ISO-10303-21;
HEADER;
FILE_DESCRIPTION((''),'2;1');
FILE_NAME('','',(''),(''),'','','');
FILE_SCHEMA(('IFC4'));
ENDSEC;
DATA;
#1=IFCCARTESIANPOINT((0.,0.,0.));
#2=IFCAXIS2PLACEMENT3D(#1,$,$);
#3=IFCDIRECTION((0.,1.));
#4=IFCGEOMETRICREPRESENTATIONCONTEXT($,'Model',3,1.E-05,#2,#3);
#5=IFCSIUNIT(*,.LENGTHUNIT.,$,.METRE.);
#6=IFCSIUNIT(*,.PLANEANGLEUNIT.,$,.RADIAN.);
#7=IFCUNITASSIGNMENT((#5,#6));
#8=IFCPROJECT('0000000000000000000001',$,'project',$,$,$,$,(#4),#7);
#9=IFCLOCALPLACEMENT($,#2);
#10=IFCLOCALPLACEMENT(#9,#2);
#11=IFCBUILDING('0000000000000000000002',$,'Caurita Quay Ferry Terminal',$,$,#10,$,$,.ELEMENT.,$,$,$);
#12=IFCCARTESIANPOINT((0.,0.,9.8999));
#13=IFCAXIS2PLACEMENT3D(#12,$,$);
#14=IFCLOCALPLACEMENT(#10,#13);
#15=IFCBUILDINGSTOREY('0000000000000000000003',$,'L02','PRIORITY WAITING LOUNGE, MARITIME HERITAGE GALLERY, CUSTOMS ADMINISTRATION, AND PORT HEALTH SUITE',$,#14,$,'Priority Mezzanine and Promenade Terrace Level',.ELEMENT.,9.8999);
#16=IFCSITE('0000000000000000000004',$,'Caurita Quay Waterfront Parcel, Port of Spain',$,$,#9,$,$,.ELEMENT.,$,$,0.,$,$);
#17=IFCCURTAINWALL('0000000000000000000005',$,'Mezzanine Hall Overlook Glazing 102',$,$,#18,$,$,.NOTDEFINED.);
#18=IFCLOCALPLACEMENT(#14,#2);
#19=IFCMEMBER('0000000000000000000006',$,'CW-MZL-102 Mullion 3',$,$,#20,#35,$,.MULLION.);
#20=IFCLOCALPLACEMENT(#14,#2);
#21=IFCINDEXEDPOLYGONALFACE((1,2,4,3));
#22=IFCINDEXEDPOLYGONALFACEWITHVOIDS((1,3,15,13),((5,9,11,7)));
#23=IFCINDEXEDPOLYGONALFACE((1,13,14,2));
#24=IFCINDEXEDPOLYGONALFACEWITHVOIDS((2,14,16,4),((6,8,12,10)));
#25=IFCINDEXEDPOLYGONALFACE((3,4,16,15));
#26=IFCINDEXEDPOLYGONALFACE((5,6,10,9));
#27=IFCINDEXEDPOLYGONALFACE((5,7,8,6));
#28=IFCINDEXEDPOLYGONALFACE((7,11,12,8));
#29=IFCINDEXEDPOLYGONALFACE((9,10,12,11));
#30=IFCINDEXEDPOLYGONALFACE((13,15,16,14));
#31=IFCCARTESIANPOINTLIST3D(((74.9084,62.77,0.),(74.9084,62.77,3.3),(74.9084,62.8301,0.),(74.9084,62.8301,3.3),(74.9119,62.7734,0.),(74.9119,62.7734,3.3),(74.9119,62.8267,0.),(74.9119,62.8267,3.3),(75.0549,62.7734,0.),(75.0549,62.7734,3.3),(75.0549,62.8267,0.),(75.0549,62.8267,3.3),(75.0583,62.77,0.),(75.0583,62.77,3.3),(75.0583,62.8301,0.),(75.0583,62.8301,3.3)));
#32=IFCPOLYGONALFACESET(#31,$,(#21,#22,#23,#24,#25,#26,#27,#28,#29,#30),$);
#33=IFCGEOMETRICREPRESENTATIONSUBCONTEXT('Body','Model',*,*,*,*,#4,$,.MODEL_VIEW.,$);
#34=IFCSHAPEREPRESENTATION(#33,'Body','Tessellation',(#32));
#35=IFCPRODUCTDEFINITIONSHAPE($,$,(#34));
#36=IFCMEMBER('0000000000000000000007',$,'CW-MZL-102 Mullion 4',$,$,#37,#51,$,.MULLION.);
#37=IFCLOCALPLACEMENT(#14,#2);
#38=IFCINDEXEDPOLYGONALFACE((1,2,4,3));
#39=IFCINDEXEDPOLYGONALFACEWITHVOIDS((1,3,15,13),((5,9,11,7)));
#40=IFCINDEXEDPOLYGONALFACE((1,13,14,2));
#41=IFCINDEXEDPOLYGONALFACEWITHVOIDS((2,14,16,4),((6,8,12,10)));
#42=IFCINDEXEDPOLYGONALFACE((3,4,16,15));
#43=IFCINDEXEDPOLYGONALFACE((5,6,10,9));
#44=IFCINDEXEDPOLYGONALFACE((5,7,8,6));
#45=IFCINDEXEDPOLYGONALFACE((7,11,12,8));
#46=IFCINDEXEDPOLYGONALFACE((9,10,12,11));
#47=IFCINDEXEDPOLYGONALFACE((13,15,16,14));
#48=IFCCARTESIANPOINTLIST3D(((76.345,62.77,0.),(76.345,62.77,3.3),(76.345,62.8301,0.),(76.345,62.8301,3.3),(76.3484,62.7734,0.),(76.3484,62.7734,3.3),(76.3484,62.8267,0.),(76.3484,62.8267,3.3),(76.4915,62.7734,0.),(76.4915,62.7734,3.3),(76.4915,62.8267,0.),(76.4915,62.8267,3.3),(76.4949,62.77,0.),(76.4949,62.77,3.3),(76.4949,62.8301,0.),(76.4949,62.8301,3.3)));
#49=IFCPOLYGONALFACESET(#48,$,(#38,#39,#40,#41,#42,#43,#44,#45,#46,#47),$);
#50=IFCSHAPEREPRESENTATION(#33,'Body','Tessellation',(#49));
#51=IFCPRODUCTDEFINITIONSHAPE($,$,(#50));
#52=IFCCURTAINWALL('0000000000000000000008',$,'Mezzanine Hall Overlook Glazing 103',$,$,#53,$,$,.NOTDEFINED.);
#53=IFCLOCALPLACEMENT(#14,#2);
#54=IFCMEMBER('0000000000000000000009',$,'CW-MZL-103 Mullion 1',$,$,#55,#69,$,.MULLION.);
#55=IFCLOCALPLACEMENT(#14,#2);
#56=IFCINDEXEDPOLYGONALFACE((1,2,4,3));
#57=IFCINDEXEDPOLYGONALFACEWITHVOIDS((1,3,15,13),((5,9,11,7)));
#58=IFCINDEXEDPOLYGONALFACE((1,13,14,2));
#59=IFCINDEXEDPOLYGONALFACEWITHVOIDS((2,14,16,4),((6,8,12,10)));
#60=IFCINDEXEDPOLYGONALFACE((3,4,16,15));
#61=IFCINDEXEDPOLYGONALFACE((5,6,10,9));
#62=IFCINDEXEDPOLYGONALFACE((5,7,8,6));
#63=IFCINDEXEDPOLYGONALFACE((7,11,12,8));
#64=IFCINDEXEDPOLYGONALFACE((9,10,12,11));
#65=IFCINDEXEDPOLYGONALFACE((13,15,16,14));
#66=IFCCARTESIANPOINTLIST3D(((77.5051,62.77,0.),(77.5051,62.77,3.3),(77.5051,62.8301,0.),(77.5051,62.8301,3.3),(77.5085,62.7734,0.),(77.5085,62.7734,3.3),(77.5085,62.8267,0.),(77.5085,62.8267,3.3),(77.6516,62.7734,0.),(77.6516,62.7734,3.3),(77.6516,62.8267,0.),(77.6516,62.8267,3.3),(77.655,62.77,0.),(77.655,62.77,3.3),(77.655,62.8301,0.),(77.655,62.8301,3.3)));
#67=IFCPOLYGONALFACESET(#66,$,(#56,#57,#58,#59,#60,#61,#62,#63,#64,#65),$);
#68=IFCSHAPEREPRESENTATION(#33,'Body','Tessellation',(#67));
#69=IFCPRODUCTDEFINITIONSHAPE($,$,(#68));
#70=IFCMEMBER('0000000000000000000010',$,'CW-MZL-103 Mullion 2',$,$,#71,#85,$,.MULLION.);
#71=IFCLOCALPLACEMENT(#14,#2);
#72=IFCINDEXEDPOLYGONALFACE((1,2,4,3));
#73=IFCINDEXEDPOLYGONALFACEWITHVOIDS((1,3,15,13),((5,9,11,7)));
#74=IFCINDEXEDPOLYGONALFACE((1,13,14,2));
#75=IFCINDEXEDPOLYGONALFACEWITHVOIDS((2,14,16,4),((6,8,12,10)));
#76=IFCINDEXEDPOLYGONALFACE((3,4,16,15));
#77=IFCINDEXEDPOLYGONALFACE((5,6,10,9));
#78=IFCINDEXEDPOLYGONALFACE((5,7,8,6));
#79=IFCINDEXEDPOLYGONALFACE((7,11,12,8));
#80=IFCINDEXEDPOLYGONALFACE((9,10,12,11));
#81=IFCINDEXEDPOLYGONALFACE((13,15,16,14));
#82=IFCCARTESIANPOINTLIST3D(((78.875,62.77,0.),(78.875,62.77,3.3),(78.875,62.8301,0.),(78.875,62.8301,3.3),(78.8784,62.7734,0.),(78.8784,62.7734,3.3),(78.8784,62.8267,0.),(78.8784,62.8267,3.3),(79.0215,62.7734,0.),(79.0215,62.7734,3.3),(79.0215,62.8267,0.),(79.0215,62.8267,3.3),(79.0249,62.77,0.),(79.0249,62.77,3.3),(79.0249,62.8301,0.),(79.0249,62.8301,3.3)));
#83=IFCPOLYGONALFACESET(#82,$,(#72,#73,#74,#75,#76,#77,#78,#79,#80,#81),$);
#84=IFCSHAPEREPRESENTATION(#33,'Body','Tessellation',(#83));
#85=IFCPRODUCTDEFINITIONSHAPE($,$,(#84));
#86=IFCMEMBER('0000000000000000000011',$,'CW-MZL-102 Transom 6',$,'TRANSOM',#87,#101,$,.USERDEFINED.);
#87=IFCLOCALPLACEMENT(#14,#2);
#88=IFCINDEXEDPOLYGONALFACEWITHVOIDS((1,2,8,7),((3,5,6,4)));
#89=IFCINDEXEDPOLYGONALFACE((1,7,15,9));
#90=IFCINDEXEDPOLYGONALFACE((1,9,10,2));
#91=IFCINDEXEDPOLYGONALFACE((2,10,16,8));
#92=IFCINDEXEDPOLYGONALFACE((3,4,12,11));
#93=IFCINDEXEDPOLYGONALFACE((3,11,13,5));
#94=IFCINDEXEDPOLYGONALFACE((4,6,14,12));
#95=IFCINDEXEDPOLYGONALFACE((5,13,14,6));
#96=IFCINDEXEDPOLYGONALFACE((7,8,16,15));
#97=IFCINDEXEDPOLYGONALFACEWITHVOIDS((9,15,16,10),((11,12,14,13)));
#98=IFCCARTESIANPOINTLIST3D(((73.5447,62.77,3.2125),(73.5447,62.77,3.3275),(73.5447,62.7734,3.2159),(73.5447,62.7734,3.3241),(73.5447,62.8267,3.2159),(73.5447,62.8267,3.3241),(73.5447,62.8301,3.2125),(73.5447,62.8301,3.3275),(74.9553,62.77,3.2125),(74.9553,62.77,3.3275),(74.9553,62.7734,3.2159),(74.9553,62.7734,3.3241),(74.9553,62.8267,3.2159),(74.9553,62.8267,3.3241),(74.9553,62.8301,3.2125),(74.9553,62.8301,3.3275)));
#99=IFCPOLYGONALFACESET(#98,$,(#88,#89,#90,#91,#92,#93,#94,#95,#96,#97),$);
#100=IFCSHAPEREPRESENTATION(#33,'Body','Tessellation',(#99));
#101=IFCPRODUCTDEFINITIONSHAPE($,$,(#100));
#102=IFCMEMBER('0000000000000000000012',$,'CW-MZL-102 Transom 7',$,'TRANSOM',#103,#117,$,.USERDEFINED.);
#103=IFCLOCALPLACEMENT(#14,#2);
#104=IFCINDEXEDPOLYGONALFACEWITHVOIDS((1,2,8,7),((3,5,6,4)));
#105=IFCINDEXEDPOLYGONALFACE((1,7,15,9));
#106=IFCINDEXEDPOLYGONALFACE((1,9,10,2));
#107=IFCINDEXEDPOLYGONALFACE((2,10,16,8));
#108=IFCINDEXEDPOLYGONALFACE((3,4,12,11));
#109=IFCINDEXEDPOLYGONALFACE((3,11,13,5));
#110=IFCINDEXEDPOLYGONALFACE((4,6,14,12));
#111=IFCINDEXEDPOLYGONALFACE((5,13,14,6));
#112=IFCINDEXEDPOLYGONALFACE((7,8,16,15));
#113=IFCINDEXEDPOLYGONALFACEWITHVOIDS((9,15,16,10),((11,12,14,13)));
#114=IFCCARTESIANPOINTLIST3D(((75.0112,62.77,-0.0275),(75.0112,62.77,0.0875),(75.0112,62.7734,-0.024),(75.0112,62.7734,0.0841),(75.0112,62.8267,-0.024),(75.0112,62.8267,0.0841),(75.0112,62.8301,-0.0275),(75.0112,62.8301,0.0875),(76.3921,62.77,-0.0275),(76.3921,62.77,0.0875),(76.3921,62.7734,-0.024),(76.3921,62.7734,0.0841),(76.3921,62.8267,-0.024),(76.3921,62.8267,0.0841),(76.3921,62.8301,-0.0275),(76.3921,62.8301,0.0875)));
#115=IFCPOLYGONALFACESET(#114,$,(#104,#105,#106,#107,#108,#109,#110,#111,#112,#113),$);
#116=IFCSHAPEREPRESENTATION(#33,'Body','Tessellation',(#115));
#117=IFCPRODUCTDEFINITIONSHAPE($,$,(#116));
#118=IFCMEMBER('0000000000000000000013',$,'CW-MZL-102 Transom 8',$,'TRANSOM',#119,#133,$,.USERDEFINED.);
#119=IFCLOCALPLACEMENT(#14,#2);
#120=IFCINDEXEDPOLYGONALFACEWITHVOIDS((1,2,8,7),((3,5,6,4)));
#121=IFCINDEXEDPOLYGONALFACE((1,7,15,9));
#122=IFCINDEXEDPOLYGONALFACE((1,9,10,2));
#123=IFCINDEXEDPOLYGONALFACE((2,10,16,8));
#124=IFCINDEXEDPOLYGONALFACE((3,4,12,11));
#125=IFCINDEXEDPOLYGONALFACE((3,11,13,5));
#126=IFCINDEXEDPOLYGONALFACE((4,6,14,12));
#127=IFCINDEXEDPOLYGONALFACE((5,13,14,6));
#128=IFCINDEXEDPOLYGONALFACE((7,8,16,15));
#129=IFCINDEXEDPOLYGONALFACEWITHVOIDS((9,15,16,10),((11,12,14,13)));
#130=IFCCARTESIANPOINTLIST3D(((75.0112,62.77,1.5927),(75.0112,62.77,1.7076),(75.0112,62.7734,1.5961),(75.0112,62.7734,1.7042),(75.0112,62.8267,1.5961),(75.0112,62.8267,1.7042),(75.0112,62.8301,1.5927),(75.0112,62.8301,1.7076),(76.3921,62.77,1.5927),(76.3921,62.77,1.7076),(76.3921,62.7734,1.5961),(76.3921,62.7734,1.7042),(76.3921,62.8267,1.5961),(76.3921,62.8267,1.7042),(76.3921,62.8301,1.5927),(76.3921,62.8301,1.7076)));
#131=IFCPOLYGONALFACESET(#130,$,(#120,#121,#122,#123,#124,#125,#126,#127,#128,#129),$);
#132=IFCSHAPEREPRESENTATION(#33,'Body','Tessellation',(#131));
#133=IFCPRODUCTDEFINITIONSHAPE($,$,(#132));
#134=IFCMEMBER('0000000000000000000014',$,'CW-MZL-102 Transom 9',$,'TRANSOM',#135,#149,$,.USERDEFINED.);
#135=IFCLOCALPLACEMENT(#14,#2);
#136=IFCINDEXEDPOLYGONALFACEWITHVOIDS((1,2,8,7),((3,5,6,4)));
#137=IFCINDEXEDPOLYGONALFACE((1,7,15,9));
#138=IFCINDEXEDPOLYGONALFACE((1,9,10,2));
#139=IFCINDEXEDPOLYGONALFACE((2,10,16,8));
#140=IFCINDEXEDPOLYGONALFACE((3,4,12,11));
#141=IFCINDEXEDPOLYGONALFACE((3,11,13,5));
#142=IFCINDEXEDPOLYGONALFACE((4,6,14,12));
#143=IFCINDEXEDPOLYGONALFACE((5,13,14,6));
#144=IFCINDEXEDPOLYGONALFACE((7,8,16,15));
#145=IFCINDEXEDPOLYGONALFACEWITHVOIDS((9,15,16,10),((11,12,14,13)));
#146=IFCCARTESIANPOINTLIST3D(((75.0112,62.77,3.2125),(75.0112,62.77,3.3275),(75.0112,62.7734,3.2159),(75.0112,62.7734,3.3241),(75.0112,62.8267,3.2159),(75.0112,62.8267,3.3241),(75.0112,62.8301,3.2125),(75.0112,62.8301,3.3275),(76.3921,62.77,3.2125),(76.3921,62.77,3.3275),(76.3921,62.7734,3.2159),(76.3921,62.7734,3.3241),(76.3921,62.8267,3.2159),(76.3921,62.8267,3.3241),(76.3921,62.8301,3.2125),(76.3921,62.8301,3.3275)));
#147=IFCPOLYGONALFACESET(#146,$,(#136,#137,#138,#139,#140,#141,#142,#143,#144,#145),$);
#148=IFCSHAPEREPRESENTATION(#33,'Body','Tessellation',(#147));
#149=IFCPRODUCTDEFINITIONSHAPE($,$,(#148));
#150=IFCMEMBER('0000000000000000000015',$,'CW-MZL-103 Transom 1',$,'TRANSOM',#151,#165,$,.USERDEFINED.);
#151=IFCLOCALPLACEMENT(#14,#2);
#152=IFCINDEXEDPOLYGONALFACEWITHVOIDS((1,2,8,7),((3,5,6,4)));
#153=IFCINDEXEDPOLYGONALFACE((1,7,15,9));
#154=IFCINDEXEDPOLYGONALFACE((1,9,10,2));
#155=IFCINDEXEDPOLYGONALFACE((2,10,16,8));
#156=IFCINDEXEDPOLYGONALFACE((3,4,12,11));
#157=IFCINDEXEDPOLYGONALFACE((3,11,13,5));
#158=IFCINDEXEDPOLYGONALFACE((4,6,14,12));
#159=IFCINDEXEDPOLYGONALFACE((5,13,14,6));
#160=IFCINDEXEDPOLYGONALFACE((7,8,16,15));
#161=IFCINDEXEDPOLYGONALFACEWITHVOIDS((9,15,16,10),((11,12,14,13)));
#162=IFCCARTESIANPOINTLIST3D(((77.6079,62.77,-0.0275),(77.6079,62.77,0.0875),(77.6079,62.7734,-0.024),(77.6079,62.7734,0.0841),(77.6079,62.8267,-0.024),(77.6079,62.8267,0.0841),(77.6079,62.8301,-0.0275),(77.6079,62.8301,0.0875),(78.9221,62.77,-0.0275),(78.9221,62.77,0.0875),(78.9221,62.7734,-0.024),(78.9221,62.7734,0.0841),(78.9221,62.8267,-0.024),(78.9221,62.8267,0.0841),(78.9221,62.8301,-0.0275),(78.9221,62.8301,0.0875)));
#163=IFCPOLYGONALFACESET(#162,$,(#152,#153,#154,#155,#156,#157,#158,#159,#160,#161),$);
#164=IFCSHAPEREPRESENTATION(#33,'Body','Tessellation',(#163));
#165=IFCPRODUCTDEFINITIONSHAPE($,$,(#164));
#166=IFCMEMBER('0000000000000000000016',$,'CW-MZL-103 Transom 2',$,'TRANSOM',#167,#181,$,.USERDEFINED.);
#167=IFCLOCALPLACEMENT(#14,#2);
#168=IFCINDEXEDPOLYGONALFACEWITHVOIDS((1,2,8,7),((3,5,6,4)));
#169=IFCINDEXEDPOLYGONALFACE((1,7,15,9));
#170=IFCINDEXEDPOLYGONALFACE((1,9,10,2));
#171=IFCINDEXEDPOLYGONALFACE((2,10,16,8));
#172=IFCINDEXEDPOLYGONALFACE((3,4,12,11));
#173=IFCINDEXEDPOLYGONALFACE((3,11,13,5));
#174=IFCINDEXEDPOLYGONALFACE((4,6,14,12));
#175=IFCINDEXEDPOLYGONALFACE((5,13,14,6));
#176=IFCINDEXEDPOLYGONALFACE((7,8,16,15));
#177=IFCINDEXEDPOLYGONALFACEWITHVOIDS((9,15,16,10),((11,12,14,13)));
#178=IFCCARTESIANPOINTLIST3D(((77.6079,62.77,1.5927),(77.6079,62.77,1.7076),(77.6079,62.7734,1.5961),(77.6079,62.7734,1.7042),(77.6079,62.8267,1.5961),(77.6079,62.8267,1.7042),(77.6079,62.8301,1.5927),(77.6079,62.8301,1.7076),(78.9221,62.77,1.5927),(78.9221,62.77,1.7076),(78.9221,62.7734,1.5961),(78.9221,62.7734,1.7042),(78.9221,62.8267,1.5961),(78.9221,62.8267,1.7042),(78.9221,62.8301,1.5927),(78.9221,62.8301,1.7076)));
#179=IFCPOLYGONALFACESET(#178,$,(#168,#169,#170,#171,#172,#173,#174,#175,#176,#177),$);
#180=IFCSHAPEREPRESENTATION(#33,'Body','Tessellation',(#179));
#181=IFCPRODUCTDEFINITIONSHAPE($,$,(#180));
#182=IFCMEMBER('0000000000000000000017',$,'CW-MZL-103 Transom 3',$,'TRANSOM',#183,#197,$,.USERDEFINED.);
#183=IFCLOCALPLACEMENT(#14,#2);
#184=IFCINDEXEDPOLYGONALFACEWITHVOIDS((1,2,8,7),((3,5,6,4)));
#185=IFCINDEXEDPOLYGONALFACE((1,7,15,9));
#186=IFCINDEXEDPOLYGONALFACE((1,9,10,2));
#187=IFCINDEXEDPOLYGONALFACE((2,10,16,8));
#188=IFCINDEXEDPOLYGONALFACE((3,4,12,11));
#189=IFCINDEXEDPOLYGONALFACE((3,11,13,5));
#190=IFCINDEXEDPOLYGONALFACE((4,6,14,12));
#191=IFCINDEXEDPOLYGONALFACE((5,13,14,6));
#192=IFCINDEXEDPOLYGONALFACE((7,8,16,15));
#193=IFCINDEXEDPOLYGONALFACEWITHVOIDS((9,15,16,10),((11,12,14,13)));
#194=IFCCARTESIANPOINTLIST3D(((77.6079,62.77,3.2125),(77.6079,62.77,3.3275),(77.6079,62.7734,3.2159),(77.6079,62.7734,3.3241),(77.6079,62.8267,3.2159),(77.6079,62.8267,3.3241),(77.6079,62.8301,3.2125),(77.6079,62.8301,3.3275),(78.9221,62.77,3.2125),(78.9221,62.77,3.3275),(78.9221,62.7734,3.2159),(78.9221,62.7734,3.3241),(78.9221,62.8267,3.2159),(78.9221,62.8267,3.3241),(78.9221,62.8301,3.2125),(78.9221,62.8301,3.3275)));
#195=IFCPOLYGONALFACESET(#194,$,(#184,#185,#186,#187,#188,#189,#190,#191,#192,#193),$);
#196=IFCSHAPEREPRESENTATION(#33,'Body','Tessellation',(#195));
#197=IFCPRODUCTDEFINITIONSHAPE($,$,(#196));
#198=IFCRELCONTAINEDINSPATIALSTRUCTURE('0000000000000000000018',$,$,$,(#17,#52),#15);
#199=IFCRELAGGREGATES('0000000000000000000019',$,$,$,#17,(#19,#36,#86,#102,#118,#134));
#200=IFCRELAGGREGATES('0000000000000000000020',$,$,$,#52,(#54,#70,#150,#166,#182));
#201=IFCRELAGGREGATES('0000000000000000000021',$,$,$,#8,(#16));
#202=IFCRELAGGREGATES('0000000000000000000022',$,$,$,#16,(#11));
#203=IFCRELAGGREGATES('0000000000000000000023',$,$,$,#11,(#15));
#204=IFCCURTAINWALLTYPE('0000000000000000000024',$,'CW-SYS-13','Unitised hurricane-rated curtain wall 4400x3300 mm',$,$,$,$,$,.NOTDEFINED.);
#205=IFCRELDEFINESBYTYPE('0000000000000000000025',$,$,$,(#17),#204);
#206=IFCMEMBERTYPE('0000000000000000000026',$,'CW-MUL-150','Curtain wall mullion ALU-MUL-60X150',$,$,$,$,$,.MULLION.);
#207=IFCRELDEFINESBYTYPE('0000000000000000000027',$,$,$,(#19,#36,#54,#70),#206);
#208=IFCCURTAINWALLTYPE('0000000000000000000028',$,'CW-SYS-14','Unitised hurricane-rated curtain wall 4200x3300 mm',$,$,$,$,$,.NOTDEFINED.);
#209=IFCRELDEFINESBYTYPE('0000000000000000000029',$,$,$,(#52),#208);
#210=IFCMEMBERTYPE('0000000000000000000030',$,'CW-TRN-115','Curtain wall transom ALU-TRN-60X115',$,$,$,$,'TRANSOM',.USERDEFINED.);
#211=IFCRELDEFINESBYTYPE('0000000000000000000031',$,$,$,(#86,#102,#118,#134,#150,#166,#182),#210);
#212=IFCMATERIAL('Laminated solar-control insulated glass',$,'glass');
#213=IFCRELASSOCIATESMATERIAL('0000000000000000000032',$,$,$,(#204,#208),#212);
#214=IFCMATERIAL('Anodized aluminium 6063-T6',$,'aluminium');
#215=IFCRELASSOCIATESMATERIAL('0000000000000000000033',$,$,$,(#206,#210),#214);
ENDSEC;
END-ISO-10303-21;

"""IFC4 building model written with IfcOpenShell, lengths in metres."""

from ifc_helpers import new_model, si_unit, direction, frame, origin, origin_2d, place, context, subcontext, project, spatial, hollow_rectangle, extrude, material, material_profile, profile_set, type_object, element, aggregate, save


model = new_model("IFC4")

# Units and contexts
model_context = context("Model", 3, precision=1e-05, world=origin(), true_north=direction((0.0, 1.0)))
body_context = subcontext(model_context, "Body", "Model", "MODEL_VIEW")
ifc_project = project(units=[si_unit("LENGTHUNIT", "METRE"), si_unit("PLANEANGLEUNIT", "RADIAN")], contexts=[model_context])

# Site, building, storey
site_placement = place(None, origin())
site = spatial("IfcSite", under=ifc_project, at=site_placement, Name="Caurita Quay Waterfront Parcel, Port of Spain", CompositionType="ELEMENT", RefElevation=0.0)
building_placement = place(site_placement, origin())
building = spatial("IfcBuilding", under=site, at=building_placement, Name="Caurita Quay Ferry Terminal", CompositionType="ELEMENT")
storey_placement = place(building_placement, frame((0.0, 0.0, 9.8999)))
storey = spatial("IfcBuildingStorey", under=building, at=storey_placement, Name="L02", Description="PRIORITY WAITING LOUNGE, MARITIME HERITAGE GALLERY, CUSTOMS ADMINISTRATION, AND PORT HEALTH SUITE", LongName="Priority Mezzanine and Promenade Terrace Level", CompositionType="ELEMENT", Elevation=9.8999)

# Curtain walls, members
ifc_material_1 = material(Name="Laminated solar-control insulated glass", Category="glass")
curtain_wall_type_1 = type_object("IfcCurtainWallType", Name="CW-SYS-13", Description="Unitised hurricane-rated curtain wall 4400x3300 mm", PredefinedType="NOTDEFINED", material=ifc_material_1)
curtain_wall_1_placement = place(storey_placement, origin())
curtain_wall_1 = element("IfcCurtainWall", 1, at=curtain_wall_1_placement, inside=storey, type_object=curtain_wall_type_1, Name="Mezzanine Hall Overlook Glazing 102", PredefinedType="NOTDEFINED")
ifc_material_2 = material(Name="Anodized aluminium 6063-T6", Category="aluminium")
ifc_material_profile_1 = material_profile(ifc_material_2, hollow_rectangle(XDim=0.0601, YDim=0.1499, WallThickness=0.0034, at=origin_2d()), Name="ALU-MUL-60X150")
ifc_profile_set_1 = profile_set([ifc_material_profile_1], Name="Anodized aluminium 6063-T6")
member_type_1 = type_object("IfcMemberType", Name="CW-MUL-150", Description="Curtain wall mullion ALU-MUL-60X150", PredefinedType="MULLION", material=ifc_profile_set_1)
member_1_placement = place(storey_placement, frame((74.9834, 62.8, 0.0), z_axis=(0.0, 0.0, 1.0), x_axis=(0.0, 1.0, 0.0)))
member_1 = element("IfcMember", 2, at=member_1_placement, type_object=member_type_1, Name="CW-MZL-102 Mullion 3", PredefinedType="MULLION", context=body_context, shape_type="SweptSolid", body=[
    extrude(hollow_rectangle(XDim=0.0601, YDim=0.1499, WallThickness=0.0034, at=origin_2d()), origin(), (0.0, 0.0, 1.0), 3.3),
])
member_2_placement = place(storey_placement, frame((76.4199, 62.8, 0.0), z_axis=(0.0, 0.0, 1.0), x_axis=(0.0, 1.0, 0.0)))
member_2 = element("IfcMember", 3, at=member_2_placement, type_object=member_type_1, Name="CW-MZL-102 Mullion 4", PredefinedType="MULLION", context=body_context, shape_type="SweptSolid", body=[
    extrude(hollow_rectangle(XDim=0.0601, YDim=0.1499, WallThickness=0.0034, at=origin_2d()), origin(), (0.0, 0.0, 1.0), 3.3),
])
curtain_wall_type_2 = type_object("IfcCurtainWallType", Name="CW-SYS-14", Description="Unitised hurricane-rated curtain wall 4200x3300 mm", PredefinedType="NOTDEFINED", material=ifc_material_1)
curtain_wall_2_placement = place(storey_placement, origin())
curtain_wall_2 = element("IfcCurtainWall", 4, at=curtain_wall_2_placement, inside=storey, type_object=curtain_wall_type_2, Name="Mezzanine Hall Overlook Glazing 103", PredefinedType="NOTDEFINED")
member_3_placement = place(storey_placement, frame((77.5801, 62.8, 0.0), z_axis=(0.0, 0.0, 1.0), x_axis=(0.0, 1.0, 0.0)))
member_3 = element("IfcMember", 5, at=member_3_placement, type_object=member_type_1, Name="CW-MZL-103 Mullion 1", PredefinedType="MULLION", context=body_context, shape_type="SweptSolid", body=[
    extrude(hollow_rectangle(XDim=0.0601, YDim=0.1499, WallThickness=0.0034, at=origin_2d()), origin(), (0.0, 0.0, 1.0), 3.3),
])
member_4_placement = place(storey_placement, frame((78.95, 62.8, 0.0), z_axis=(0.0, 0.0, 1.0), x_axis=(0.0, 1.0, 0.0)))
member_4 = element("IfcMember", 6, at=member_4_placement, type_object=member_type_1, Name="CW-MZL-103 Mullion 2", PredefinedType="MULLION", context=body_context, shape_type="SweptSolid", body=[
    extrude(hollow_rectangle(XDim=0.0601, YDim=0.1499, WallThickness=0.0034, at=origin_2d()), origin(), (0.0, 0.0, 1.0), 3.3),
])

# Members
ifc_material_profile_2 = material_profile(ifc_material_2, hollow_rectangle(XDim=0.0601, YDim=0.115, WallThickness=0.0034, at=origin_2d()), Name="ALU-TRN-60X115")
ifc_profile_set_2 = profile_set([ifc_material_profile_2], Name="Anodized aluminium 6063-T6")
member_type_2 = type_object("IfcMemberType", Name="CW-TRN-115", Description="Curtain wall transom ALU-TRN-60X115", ElementType="TRANSOM", PredefinedType="USERDEFINED", material=ifc_profile_set_2)
member_5_placement = place(storey_placement, frame((73.5447, 62.8, 3.27), z_axis=(1.0, 0.0, 0.0), x_axis=(0.0, 1.0, 0.0)))
member_5 = element("IfcMember", 7, at=member_5_placement, type_object=member_type_2, Name="CW-MZL-102 Transom 6", ObjectType="TRANSOM", PredefinedType="USERDEFINED", context=body_context, shape_type="SweptSolid", body=[
    extrude(hollow_rectangle(XDim=0.0601, YDim=0.115, WallThickness=0.0034, at=origin_2d()), origin(), (0.0, 0.0, 1.0), 1.4106),
])
member_6_placement = place(storey_placement, frame((75.0112, 62.8, 0.03), z_axis=(1.0, 0.0, 0.0), x_axis=(0.0, 1.0, 0.0)))
member_6 = element("IfcMember", 8, at=member_6_placement, type_object=member_type_2, Name="CW-MZL-102 Transom 7", ObjectType="TRANSOM", PredefinedType="USERDEFINED", context=body_context, shape_type="SweptSolid", body=[
    extrude(hollow_rectangle(XDim=0.0601, YDim=0.115, WallThickness=0.0034, at=origin_2d()), origin(), (0.0, 0.0, 1.0), 1.3809),
])
member_7_placement = place(storey_placement, frame((75.0112, 62.8, 1.6501), z_axis=(1.0, 0.0, 0.0), x_axis=(0.0, 1.0, 0.0)))
member_7 = element("IfcMember", 9, at=member_7_placement, type_object=member_type_2, Name="CW-MZL-102 Transom 8", ObjectType="TRANSOM", PredefinedType="USERDEFINED", context=body_context, shape_type="SweptSolid", body=[
    extrude(hollow_rectangle(XDim=0.0601, YDim=0.115, WallThickness=0.0034, at=origin_2d()), origin(), (0.0, 0.0, 1.0), 1.3809),
])
member_8_placement = place(storey_placement, frame((75.0112, 62.8, 3.27), z_axis=(1.0, 0.0, 0.0), x_axis=(0.0, 1.0, 0.0)))
member_8 = element("IfcMember", 10, at=member_8_placement, type_object=member_type_2, Name="CW-MZL-102 Transom 9", ObjectType="TRANSOM", PredefinedType="USERDEFINED", context=body_context, shape_type="SweptSolid", body=[
    extrude(hollow_rectangle(XDim=0.0601, YDim=0.115, WallThickness=0.0034, at=origin_2d()), origin(), (0.0, 0.0, 1.0), 1.3809),
])
member_9_placement = place(storey_placement, frame((77.6079, 62.8, 0.03), z_axis=(1.0, 0.0, 0.0), x_axis=(0.0, 1.0, 0.0)))
member_9 = element("IfcMember", 11, at=member_9_placement, type_object=member_type_2, Name="CW-MZL-103 Transom 1", ObjectType="TRANSOM", PredefinedType="USERDEFINED", context=body_context, shape_type="SweptSolid", body=[
    extrude(hollow_rectangle(XDim=0.0601, YDim=0.115, WallThickness=0.0034, at=origin_2d()), origin(), (0.0, 0.0, 1.0), 1.3142),
])
member_10_placement = place(storey_placement, frame((77.6079, 62.8, 1.6501), z_axis=(1.0, 0.0, 0.0), x_axis=(0.0, 1.0, 0.0)))
member_10 = element("IfcMember", 12, at=member_10_placement, type_object=member_type_2, Name="CW-MZL-103 Transom 2", ObjectType="TRANSOM", PredefinedType="USERDEFINED", context=body_context, shape_type="SweptSolid", body=[
    extrude(hollow_rectangle(XDim=0.0601, YDim=0.115, WallThickness=0.0034, at=origin_2d()), origin(), (0.0, 0.0, 1.0), 1.3142),
])
member_11_placement = place(storey_placement, frame((77.6079, 62.8, 3.27), z_axis=(1.0, 0.0, 0.0), x_axis=(0.0, 1.0, 0.0)))
member_11 = element("IfcMember", 13, at=member_11_placement, type_object=member_type_2, Name="CW-MZL-103 Transom 3", ObjectType="TRANSOM", PredefinedType="USERDEFINED", context=body_context, shape_type="SweptSolid", body=[
    extrude(hollow_rectangle(XDim=0.0601, YDim=0.115, WallThickness=0.0034, at=origin_2d()), origin(), (0.0, 0.0, 1.0), 1.3142),
])

aggregate(curtain_wall_1, [member_1, member_2, member_5, member_6, member_7, member_8])
aggregate(curtain_wall_2, [member_3, member_4, member_9, member_10, member_11])

save(model, "model.ifc")
